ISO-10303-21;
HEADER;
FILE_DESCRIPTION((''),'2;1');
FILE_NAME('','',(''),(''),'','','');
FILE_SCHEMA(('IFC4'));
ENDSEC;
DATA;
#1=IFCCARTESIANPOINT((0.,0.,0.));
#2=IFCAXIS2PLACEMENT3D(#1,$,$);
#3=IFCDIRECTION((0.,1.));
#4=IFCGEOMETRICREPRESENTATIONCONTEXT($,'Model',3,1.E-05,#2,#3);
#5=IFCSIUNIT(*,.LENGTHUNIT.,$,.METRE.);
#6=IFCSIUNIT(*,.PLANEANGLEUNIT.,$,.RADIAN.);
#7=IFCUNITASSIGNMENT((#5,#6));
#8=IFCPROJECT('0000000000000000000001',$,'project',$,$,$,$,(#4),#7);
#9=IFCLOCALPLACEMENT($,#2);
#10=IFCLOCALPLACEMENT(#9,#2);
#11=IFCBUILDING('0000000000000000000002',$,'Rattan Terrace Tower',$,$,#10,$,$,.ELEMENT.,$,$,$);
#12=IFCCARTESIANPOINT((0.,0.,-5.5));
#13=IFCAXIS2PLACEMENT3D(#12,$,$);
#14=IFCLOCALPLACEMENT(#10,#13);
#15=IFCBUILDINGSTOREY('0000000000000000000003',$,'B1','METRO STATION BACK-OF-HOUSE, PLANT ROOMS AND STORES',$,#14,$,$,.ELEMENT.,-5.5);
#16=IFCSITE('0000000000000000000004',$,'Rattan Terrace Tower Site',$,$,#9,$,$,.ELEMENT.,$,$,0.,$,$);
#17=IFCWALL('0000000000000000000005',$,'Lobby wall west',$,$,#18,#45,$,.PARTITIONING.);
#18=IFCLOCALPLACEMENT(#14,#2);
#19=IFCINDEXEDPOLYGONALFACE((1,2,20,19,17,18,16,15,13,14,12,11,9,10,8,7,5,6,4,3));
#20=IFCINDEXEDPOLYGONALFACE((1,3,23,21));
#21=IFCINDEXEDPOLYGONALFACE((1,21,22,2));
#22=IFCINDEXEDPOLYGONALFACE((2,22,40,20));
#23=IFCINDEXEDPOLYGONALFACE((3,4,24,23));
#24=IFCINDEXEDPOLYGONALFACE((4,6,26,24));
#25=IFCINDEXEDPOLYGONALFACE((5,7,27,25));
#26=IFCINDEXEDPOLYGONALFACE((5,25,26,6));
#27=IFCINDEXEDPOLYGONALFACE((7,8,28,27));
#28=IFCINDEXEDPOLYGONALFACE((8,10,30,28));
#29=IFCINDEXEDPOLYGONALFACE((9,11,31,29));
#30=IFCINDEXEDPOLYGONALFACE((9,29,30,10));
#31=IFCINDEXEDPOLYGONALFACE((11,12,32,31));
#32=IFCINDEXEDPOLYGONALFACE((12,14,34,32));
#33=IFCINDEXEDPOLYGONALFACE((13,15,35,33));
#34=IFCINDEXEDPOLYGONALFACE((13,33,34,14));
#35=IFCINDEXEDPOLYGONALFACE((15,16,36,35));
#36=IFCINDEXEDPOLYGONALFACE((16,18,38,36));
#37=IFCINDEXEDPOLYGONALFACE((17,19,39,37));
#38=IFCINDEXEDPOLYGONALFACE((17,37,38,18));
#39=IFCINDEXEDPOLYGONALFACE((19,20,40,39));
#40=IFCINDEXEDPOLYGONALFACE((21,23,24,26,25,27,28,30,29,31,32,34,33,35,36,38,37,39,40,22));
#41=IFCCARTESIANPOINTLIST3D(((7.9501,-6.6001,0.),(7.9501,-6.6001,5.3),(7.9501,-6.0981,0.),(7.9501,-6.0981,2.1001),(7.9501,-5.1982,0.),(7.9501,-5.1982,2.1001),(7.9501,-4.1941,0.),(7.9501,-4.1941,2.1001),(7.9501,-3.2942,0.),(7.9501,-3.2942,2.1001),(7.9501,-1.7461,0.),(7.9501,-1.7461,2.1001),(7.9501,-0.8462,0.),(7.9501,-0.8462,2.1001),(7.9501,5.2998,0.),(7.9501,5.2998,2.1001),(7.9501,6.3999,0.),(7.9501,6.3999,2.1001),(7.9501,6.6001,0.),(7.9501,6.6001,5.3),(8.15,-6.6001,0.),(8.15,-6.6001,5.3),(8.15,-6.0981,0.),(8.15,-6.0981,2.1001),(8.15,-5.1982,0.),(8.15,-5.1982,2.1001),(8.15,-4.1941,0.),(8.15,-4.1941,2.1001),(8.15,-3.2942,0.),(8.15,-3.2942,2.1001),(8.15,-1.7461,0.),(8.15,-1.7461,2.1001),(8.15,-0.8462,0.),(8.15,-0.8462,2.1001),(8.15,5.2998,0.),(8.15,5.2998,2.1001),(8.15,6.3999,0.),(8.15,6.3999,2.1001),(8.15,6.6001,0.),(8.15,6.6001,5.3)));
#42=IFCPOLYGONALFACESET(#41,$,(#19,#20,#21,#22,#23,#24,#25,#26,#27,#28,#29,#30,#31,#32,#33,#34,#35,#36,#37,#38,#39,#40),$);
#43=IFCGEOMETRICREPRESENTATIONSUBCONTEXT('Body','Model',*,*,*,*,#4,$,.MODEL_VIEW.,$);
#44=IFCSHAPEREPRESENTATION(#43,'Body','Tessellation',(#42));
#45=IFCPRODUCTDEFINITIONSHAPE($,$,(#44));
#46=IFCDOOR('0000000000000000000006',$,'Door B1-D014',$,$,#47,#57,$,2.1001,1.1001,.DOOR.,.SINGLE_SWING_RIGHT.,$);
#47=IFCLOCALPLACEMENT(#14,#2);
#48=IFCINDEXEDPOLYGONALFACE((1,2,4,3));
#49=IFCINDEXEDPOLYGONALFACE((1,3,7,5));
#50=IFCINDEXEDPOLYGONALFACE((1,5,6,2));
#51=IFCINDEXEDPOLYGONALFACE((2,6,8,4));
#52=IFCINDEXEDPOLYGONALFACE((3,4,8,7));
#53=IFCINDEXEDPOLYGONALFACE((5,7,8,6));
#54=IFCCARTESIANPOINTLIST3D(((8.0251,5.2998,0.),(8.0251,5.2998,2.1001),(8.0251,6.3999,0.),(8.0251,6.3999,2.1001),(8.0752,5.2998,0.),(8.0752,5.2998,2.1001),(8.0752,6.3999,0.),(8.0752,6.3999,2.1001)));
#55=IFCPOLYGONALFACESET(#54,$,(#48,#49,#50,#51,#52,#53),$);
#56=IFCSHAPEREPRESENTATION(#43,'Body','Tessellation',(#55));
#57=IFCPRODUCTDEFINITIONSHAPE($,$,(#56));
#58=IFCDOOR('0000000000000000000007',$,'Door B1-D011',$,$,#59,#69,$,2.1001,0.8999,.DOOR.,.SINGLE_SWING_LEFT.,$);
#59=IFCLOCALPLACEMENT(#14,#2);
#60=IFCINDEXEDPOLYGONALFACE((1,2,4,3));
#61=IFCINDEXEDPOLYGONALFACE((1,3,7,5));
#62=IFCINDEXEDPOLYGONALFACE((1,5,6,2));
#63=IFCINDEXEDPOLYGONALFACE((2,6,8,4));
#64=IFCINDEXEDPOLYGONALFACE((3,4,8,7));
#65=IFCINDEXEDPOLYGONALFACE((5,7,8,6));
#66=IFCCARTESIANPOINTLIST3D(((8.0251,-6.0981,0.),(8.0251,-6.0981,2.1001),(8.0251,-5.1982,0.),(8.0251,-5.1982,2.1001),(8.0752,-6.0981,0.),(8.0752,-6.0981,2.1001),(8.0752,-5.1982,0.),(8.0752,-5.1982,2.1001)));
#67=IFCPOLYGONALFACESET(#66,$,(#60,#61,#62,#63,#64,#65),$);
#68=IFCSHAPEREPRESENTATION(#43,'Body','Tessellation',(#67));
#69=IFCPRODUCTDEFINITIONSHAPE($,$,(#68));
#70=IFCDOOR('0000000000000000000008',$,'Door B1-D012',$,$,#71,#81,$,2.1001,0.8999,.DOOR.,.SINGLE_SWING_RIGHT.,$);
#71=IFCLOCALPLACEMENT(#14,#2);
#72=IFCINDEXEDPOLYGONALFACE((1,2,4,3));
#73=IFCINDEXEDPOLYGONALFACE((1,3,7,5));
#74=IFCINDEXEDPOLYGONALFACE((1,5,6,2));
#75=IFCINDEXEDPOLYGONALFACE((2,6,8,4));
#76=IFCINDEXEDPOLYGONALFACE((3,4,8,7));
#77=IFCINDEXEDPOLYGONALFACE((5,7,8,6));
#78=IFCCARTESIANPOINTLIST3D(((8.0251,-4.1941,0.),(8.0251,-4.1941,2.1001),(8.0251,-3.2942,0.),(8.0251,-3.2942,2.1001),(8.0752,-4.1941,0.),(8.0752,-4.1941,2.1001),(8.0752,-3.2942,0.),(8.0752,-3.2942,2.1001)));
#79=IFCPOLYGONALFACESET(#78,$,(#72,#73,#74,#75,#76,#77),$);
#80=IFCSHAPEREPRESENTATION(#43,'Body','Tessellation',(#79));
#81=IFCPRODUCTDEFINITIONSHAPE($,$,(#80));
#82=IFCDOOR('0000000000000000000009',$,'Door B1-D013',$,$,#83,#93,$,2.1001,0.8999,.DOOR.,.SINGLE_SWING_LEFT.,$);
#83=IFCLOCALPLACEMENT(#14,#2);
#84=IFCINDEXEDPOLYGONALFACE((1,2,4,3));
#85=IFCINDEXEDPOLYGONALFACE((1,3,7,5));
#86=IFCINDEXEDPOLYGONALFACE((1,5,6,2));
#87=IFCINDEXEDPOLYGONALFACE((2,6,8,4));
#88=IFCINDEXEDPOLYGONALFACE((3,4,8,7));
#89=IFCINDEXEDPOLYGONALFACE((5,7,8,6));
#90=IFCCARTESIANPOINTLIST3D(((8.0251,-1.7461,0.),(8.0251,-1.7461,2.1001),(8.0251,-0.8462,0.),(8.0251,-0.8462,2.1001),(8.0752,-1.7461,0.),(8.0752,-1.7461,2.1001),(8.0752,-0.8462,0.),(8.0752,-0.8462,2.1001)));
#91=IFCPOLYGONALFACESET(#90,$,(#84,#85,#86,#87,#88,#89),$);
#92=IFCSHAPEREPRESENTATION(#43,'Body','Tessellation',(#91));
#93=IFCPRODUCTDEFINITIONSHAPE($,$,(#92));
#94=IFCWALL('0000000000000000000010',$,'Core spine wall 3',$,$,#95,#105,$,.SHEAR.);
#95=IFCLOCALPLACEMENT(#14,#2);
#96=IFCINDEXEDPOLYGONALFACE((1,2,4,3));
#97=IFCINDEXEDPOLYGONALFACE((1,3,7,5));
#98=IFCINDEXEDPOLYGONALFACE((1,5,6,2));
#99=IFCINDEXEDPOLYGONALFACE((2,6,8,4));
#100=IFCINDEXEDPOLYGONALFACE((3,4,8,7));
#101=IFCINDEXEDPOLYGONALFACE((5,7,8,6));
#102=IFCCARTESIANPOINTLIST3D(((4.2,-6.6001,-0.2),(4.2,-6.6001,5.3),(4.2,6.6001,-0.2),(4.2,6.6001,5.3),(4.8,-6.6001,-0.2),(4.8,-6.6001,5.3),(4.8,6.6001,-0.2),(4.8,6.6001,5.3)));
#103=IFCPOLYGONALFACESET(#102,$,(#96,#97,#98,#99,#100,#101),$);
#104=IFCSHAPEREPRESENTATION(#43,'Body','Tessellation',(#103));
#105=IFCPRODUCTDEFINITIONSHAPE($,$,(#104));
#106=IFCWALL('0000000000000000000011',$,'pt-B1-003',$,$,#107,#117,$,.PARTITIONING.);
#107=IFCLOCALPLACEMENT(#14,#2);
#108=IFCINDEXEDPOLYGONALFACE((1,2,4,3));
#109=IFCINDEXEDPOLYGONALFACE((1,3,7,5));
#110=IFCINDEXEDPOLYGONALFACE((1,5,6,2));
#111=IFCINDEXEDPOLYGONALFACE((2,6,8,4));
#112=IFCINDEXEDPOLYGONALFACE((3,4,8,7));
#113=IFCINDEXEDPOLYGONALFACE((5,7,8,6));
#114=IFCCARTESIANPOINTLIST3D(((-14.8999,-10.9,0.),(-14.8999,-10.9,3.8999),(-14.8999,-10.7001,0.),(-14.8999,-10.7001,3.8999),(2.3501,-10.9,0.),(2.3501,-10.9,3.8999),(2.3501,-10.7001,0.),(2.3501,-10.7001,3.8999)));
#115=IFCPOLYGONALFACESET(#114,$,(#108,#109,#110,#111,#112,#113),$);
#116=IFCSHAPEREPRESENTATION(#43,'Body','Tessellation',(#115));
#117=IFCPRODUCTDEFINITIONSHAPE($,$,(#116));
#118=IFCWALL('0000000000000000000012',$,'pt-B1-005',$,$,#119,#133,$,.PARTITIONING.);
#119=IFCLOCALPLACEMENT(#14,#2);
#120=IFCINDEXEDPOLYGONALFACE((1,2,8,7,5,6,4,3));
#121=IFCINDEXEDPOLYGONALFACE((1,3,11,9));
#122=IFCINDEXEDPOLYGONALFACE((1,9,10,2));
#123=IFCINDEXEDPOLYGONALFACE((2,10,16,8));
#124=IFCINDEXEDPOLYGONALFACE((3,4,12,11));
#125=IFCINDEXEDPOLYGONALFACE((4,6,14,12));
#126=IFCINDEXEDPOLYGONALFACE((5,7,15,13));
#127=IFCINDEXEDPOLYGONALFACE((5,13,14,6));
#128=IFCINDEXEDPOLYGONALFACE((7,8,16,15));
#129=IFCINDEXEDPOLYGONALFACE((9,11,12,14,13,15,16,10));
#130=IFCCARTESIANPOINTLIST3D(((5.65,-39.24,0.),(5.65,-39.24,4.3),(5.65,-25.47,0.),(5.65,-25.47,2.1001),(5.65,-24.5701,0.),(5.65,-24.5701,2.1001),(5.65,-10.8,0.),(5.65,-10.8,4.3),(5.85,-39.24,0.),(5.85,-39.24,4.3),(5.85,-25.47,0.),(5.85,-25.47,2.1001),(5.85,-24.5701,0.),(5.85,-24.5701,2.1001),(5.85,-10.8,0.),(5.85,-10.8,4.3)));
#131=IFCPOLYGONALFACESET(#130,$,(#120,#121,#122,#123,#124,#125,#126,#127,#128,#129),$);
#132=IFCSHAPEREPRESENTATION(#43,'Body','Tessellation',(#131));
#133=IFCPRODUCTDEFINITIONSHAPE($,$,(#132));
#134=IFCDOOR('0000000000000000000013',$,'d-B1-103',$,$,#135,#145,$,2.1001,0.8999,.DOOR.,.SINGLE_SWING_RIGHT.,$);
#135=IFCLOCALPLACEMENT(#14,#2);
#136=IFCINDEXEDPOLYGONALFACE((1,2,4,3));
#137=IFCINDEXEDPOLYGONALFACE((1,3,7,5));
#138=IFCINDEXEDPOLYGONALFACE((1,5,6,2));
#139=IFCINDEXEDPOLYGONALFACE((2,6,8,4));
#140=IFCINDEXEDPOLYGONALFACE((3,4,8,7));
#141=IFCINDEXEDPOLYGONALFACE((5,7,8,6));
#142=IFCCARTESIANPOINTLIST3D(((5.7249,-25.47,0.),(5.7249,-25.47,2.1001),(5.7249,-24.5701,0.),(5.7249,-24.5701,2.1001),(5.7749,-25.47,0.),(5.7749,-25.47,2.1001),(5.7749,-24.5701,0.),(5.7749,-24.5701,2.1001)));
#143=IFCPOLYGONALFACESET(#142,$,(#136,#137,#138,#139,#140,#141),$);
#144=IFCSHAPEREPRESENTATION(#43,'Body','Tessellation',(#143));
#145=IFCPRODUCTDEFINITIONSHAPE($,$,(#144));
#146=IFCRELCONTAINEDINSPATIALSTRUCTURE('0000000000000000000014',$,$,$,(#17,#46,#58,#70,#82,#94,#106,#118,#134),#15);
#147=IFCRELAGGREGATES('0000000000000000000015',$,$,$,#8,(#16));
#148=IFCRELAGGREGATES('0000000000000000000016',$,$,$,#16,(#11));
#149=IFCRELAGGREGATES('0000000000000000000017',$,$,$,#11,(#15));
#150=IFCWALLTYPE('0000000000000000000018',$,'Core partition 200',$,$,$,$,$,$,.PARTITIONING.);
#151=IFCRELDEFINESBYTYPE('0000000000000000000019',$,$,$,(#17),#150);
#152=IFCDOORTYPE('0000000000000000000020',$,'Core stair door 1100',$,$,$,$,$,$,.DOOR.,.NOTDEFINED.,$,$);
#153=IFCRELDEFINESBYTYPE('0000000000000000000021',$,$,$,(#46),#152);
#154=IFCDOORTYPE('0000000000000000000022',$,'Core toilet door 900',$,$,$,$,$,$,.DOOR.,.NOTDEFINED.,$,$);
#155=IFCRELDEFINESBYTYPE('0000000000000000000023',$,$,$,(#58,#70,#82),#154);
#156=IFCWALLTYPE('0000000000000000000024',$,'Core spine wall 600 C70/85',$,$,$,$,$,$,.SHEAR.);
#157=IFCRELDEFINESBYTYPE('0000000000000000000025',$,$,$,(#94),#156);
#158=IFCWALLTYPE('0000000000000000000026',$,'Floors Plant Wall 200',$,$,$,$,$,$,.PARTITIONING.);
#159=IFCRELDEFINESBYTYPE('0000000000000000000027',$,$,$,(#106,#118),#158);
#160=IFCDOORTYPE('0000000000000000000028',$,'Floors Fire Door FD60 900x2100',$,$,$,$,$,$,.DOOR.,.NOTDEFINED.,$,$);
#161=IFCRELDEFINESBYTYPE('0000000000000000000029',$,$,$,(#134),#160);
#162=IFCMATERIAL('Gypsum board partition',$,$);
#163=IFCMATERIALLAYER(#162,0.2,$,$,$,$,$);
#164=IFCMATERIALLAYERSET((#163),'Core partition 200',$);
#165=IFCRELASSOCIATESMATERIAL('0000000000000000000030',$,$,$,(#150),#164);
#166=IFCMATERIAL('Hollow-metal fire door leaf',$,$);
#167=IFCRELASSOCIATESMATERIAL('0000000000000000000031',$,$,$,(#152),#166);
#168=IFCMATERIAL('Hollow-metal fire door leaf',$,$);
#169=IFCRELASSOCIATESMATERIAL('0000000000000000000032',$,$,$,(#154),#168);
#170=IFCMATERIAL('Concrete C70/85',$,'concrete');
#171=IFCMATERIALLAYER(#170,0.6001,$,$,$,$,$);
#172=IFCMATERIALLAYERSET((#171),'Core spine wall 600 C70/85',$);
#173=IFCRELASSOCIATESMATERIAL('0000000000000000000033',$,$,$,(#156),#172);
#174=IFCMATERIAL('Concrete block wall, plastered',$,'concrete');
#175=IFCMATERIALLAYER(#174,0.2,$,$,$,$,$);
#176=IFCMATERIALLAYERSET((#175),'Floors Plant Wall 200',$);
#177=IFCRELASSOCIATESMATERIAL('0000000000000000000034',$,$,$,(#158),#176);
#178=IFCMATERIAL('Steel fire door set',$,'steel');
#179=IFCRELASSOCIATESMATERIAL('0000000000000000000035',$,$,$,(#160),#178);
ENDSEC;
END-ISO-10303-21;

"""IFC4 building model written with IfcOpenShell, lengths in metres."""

from ifc_helpers import new_model, si_unit, direction, frame, frame_2d, origin, place, context, subcontext, project, spatial, rectangle, extrude, material, layer, layer_set, type_object, element, fill, save


model = new_model("IFC4")

# Units and contexts
model_context = context("Model", 3, precision=1e-05, world=origin(), true_north=direction((0.0, 1.0)))
body_context = subcontext(model_context, "Body", "Model", "MODEL_VIEW")
ifc_project = project(units=[si_unit("LENGTHUNIT", "METRE"), si_unit("PLANEANGLEUNIT", "RADIAN")], contexts=[model_context])

# Site, building, storey
site_placement = place(None, origin())
site = spatial("IfcSite", under=ifc_project, at=site_placement, Name="Rattan Terrace Tower Site", CompositionType="ELEMENT", RefElevation=0.0)
building_placement = place(site_placement, origin())
building = spatial("IfcBuilding", under=site, at=building_placement, Name="Rattan Terrace Tower", CompositionType="ELEMENT")
storey_placement = place(building_placement, frame((0.0, 0.0, -5.5)))
storey = spatial("IfcBuildingStorey", under=building, at=storey_placement, Name="B1", Description="METRO STATION BACK-OF-HOUSE, PLANT ROOMS AND STORES", CompositionType="ELEMENT", Elevation=-5.5)

# Wall, openings, doors
ifc_material_1 = material(Name="Gypsum board partition")
ifc_layer_1 = layer(ifc_material_1, 0.2)
ifc_layer_set_1 = layer_set([ifc_layer_1], Name="Core partition 200")
wall_type_1 = type_object("IfcWallType", Name="Core partition 200", PredefinedType="PARTITIONING", material=ifc_layer_set_1)
wall_1_placement = place(storey_placement, frame((8.05, -6.6001, 0.0), z_axis=(0.0, 0.0, 1.0), x_axis=(0.0, 1.0, 0.0)))
wall_1 = element("IfcWall", 1, at=wall_1_placement, inside=storey, type_object=wall_type_1, Name="Lobby wall west", PredefinedType="PARTITIONING", context=body_context, shape_type="SweptSolid", body=[
    extrude(rectangle(XDim=13.2002, YDim=0.2, at=frame_2d((6.6001, 0.0))), origin(), (0.0, 0.0, 1.0), 5.3),
])
opening_1_placement = place(wall_1_placement, frame((0.502, 0.0, 0.0)))
opening_1 = element("IfcOpeningElement", 2, at=opening_1_placement, cuts=wall_1, PredefinedType="OPENING", context=body_context, shape_type="SweptSolid", body=[
    extrude(rectangle(XDim=0.8999, YDim=2.1001, at=frame_2d((0.45, 1.05))), frame((0.0, 0.1106, 0.0), z_axis=(0.0, -1.0, 0.0), x_axis=(1.0, 0.0, 0.0)), (0.0, 0.0, 1.0), 0.2209),
])
opening_2_placement = place(wall_1_placement, frame((2.406, 0.0, 0.0)))
opening_2 = element("IfcOpeningElement", 3, at=opening_2_placement, cuts=wall_1, PredefinedType="OPENING", context=body_context, shape_type="SweptSolid", body=[
    extrude(rectangle(XDim=0.8999, YDim=2.1001, at=frame_2d((0.45, 1.05))), frame((0.0, 0.1106, 0.0), z_axis=(0.0, -1.0, 0.0), x_axis=(1.0, 0.0, 0.0)), (0.0, 0.0, 1.0), 0.2209),
])
opening_3_placement = place(wall_1_placement, frame((4.854, 0.0, 0.0)))
opening_3 = element("IfcOpeningElement", 4, at=opening_3_placement, cuts=wall_1, PredefinedType="OPENING", context=body_context, shape_type="SweptSolid", body=[
    extrude(rectangle(XDim=0.8999, YDim=2.1001, at=frame_2d((0.45, 1.05))), frame((0.0, 0.1106, 0.0), z_axis=(0.0, -1.0, 0.0), x_axis=(1.0, 0.0, 0.0)), (0.0, 0.0, 1.0), 0.2209),
])
opening_4_placement = place(wall_1_placement, frame((11.8999, 0.0, 0.0)))
opening_4 = element("IfcOpeningElement", 5, at=opening_4_placement, cuts=wall_1, PredefinedType="OPENING", context=body_context, shape_type="SweptSolid", body=[
    extrude(rectangle(XDim=1.1001, YDim=2.1001, at=frame_2d((0.55, 1.05))), frame((0.0, 0.1106, 0.0), z_axis=(0.0, -1.0, 0.0), x_axis=(1.0, 0.0, 0.0)), (0.0, 0.0, 1.0), 0.2209),
])
ifc_material_2 = material(Name="Hollow-metal fire door leaf")
door_type_1 = type_object("IfcDoorType", Name="Core stair door 1100", OperationType="NOTDEFINED", PredefinedType="DOOR", material=ifc_material_2)
door_1_placement = place(opening_4_placement, origin())
door_1 = element("IfcDoor", 6, at=door_1_placement, inside=storey, type_object=door_type_1, Name="Door B1-D014", OperationType="SINGLE_SWING_RIGHT", OverallHeight=2.1001, OverallWidth=1.1001, PredefinedType="DOOR", context=body_context, shape_type="SweptSolid", body=[
    extrude(rectangle(XDim=1.1001, YDim=2.1001, at=frame_2d((0.55, 1.05))), frame((0.0, 0.0249, 0.0), z_axis=(0.0, -1.0, 0.0), x_axis=(1.0, 0.0, 0.0)), (0.0, 0.0, 1.0), 0.05),
])
fill(opening_4, door_1)
ifc_material_3 = material(Name="Hollow-metal fire door leaf")
door_type_2 = type_object("IfcDoorType", Name="Core toilet door 900", OperationType="NOTDEFINED", PredefinedType="DOOR", material=ifc_material_3)
door_2_placement = place(opening_1_placement, origin())
door_2 = element("IfcDoor", 7, at=door_2_placement, inside=storey, type_object=door_type_2, Name="Door B1-D011", OperationType="SINGLE_SWING_LEFT", OverallHeight=2.1001, OverallWidth=0.8999, PredefinedType="DOOR", context=body_context, shape_type="SweptSolid", body=[
    extrude(rectangle(XDim=0.8999, YDim=2.1001, at=frame_2d((0.45, 1.05))), frame((0.0, 0.0249, 0.0), z_axis=(0.0, -1.0, 0.0), x_axis=(1.0, 0.0, 0.0)), (0.0, 0.0, 1.0), 0.05),
])
fill(opening_1, door_2)
door_3_placement = place(opening_2_placement, origin())
door_3 = element("IfcDoor", 8, at=door_3_placement, inside=storey, type_object=door_type_2, Name="Door B1-D012", OperationType="SINGLE_SWING_RIGHT", OverallHeight=2.1001, OverallWidth=0.8999, PredefinedType="DOOR", context=body_context, shape_type="SweptSolid", body=[
    extrude(rectangle(XDim=0.8999, YDim=2.1001, at=frame_2d((0.45, 1.05))), frame((0.0, 0.0249, 0.0), z_axis=(0.0, -1.0, 0.0), x_axis=(1.0, 0.0, 0.0)), (0.0, 0.0, 1.0), 0.05),
])
fill(opening_2, door_3)
door_4_placement = place(opening_3_placement, origin())
door_4 = element("IfcDoor", 9, at=door_4_placement, inside=storey, type_object=door_type_2, Name="Door B1-D013", OperationType="SINGLE_SWING_LEFT", OverallHeight=2.1001, OverallWidth=0.8999, PredefinedType="DOOR", context=body_context, shape_type="SweptSolid", body=[
    extrude(rectangle(XDim=0.8999, YDim=2.1001, at=frame_2d((0.45, 1.05))), frame((0.0, 0.0249, 0.0), z_axis=(0.0, -1.0, 0.0), x_axis=(1.0, 0.0, 0.0)), (0.0, 0.0, 1.0), 0.05),
])
fill(opening_3, door_4)

# Walls
ifc_material_4 = material(Name="Concrete C70/85", Category="concrete")
ifc_layer_2 = layer(ifc_material_4, 0.6001)
ifc_layer_set_2 = layer_set([ifc_layer_2], Name="Core spine wall 600 C70/85")
wall_type_2 = type_object("IfcWallType", Name="Core spine wall 600 C70/85", PredefinedType="SHEAR", material=ifc_layer_set_2)
wall_2_placement = place(storey_placement, frame((4.5, -6.6001, -0.2), z_axis=(0.0, 0.0, 1.0), x_axis=(0.0, 1.0, 0.0)))
element("IfcWall", 10, at=wall_2_placement, inside=storey, type_object=wall_type_2, Name="Core spine wall 3", PredefinedType="SHEAR", context=body_context, shape_type="SweptSolid", body=[
    extrude(rectangle(XDim=13.2002, YDim=0.6001, at=frame_2d((6.6001, 0.0))), origin(), (0.0, 0.0, 1.0), 5.5),
])
ifc_material_5 = material(Name="Concrete block wall, plastered", Category="concrete")
ifc_layer_3 = layer(ifc_material_5, 0.2)
ifc_layer_set_3 = layer_set([ifc_layer_3], Name="Floors Plant Wall 200")
wall_type_3 = type_object("IfcWallType", Name="Floors Plant Wall 200", PredefinedType="PARTITIONING", material=ifc_layer_set_3)
wall_3_placement = place(storey_placement, frame((2.3501, -10.8, 0.0), z_axis=(0.0, 0.0, 1.0), x_axis=(-1.0, 0.0, 0.0)))
element("IfcWall", 11, at=wall_3_placement, inside=storey, type_object=wall_type_3, Name="pt-B1-003", PredefinedType="PARTITIONING", context=body_context, shape_type="SweptSolid", body=[
    extrude(rectangle(XDim=17.25, YDim=0.2, at=frame_2d((8.625, 0.0))), origin(), (0.0, 0.0, 1.0), 3.8999),
])

# Wall, opening, door
wall_4_placement = place(storey_placement, frame((5.75, -10.8, 0.0), z_axis=(0.0, 0.0, 1.0), x_axis=(0.0, -1.0, 0.0)))
wall_4 = element("IfcWall", 12, at=wall_4_placement, inside=storey, type_object=wall_type_3, Name="pt-B1-005", PredefinedType="PARTITIONING", context=body_context, shape_type="SweptSolid", body=[
    extrude(rectangle(XDim=28.4399, YDim=0.2, at=frame_2d((14.22, 0.0))), origin(), (0.0, 0.0, 1.0), 4.3),
])
opening_5_placement = place(wall_4_placement, frame((13.77, 0.0, 0.0)))
opening_5 = element("IfcOpeningElement", 13, at=opening_5_placement, cuts=wall_4, PredefinedType="OPENING", context=body_context, shape_type="SweptSolid", body=[
    extrude(rectangle(XDim=0.8999, YDim=2.1001, at=frame_2d((0.45, 1.05))), frame((0.0, 0.1106, 0.0), z_axis=(0.0, -1.0, 0.0), x_axis=(1.0, 0.0, 0.0)), (0.0, 0.0, 1.0), 0.2209),
])
ifc_material_6 = material(Name="Steel fire door set", Category="steel")
door_type_3 = type_object("IfcDoorType", Name="Floors Fire Door FD60 900x2100", OperationType="NOTDEFINED", PredefinedType="DOOR", material=ifc_material_6)
door_5_placement = place(opening_5_placement, origin())
door_5 = element("IfcDoor", 14, at=door_5_placement, inside=storey, type_object=door_type_3, Name="d-B1-103", OperationType="SINGLE_SWING_RIGHT", OverallHeight=2.1001, OverallWidth=0.8999, PredefinedType="DOOR", context=body_context, shape_type="SweptSolid", body=[
    extrude(rectangle(XDim=0.8999, YDim=2.1001, at=frame_2d((0.45, 1.05))), frame((0.0, 0.0249, 0.0), z_axis=(0.0, -1.0, 0.0), x_axis=(1.0, 0.0, 0.0)), (0.0, 0.0, 1.0), 0.05),
])
fill(opening_5, door_5)

save(model, "model.ifc")
